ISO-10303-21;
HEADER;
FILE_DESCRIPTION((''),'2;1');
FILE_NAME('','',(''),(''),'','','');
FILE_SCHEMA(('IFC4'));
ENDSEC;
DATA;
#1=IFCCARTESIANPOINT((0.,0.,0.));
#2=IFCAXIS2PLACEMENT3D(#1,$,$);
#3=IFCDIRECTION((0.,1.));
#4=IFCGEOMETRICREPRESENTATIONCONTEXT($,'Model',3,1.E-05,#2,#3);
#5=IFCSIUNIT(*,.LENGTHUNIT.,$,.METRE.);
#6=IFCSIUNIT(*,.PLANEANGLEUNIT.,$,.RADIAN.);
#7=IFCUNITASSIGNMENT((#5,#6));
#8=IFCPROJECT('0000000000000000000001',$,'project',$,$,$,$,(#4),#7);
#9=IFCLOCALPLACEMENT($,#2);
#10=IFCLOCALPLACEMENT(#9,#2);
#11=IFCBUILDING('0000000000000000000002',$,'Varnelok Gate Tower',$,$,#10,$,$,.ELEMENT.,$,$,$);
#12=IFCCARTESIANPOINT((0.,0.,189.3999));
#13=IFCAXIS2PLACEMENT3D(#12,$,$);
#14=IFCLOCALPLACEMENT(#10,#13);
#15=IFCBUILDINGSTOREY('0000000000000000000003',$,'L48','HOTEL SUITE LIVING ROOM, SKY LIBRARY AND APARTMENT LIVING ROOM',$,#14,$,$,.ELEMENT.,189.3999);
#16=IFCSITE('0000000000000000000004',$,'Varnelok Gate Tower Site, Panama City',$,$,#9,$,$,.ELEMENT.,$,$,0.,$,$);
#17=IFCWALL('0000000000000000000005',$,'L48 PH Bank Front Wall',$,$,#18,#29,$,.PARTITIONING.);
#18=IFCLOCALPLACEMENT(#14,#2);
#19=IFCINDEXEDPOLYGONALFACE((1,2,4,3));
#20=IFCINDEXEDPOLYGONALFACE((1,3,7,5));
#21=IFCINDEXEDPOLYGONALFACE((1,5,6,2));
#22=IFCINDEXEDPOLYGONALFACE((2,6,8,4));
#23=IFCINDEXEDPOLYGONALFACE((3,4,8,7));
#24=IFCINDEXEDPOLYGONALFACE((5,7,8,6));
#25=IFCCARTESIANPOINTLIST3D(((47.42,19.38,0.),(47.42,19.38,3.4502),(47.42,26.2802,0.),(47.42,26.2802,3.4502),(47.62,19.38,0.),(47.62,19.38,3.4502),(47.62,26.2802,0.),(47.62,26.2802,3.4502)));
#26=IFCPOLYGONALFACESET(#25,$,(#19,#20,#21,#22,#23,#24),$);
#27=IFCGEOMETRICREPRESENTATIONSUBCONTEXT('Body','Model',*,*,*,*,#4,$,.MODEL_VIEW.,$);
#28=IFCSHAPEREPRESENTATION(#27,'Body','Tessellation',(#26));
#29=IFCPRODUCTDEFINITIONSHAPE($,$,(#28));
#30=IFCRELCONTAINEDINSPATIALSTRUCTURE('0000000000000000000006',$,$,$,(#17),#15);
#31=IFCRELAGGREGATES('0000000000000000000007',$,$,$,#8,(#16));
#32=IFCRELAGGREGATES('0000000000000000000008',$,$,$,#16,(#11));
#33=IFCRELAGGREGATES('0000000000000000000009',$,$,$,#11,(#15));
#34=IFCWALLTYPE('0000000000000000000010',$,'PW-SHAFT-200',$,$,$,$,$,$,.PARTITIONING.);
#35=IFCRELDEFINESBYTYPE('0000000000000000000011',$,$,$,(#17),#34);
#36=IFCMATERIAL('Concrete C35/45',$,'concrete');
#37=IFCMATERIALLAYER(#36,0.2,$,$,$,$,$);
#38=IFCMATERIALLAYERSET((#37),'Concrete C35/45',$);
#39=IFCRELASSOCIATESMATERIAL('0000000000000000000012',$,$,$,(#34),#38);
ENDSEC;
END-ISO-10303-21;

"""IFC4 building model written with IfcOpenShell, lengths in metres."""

from ifc_helpers import new_model, si_unit, direction, frame, frame_2d, origin, place, context, subcontext, project, spatial, rectangle, extrude, material, layer, layer_set, type_object, element, save


model = new_model("IFC4")

# Units and contexts
model_context = context("Model", 3, precision=1e-05, world=origin(), true_north=direction((0.0, 1.0)))
body_context = subcontext(model_context, "Body", "Model", "MODEL_VIEW")
ifc_project = project(units=[si_unit("LENGTHUNIT", "METRE"), si_unit("PLANEANGLEUNIT", "RADIAN")], contexts=[model_context])

# Site, building, storey
site_placement = place(None, origin())
site = spatial("IfcSite", under=ifc_project, at=site_placement, Name="Varnelok Gate Tower Site, Panama City", CompositionType="ELEMENT", RefElevation=0.0)
building_placement = place(site_placement, origin())
building = spatial("IfcBuilding", under=site, at=building_placement, Name="Varnelok Gate Tower", CompositionType="ELEMENT")
storey_placement = place(building_placement, frame((0.0, 0.0, 189.3999)))
storey = spatial("IfcBuildingStorey", under=building, at=storey_placement, Name="L48", Description="HOTEL SUITE LIVING ROOM, SKY LIBRARY AND APARTMENT LIVING ROOM", CompositionType="ELEMENT", Elevation=189.3999)

# Wall
ifc_material_1 = material(Name="Concrete C35/45", Category="concrete")
ifc_layer_1 = layer(ifc_material_1, 0.2)
ifc_layer_set_1 = layer_set([ifc_layer_1], Name="Concrete C35/45")
wall_type_1 = type_object("IfcWallType", Name="PW-SHAFT-200", PredefinedType="PARTITIONING", material=ifc_layer_set_1)
for number, where, z_axis, x_axis, name in (
    (1, (47.52, 19.3799, 0.0), (0.0, 0.0, 1.0), (0.0, 1.0, 0.0), "L48 PH Bank Front Wall"),
):
    element("IfcWall", number, at=place(storey_placement, frame(where, z_axis=z_axis, x_axis=x_axis)), inside=storey, type_object=wall_type_1, Name=name, PredefinedType="PARTITIONING", context=body_context, shape_type="SweptSolid", body=[
        extrude(rectangle(XDim=6.9001, YDim=0.2, at=frame_2d((3.4502, 0.0))), origin(), (0.0, 0.0, 1.0), 3.4502),
    ])

save(model, "model.ifc")
